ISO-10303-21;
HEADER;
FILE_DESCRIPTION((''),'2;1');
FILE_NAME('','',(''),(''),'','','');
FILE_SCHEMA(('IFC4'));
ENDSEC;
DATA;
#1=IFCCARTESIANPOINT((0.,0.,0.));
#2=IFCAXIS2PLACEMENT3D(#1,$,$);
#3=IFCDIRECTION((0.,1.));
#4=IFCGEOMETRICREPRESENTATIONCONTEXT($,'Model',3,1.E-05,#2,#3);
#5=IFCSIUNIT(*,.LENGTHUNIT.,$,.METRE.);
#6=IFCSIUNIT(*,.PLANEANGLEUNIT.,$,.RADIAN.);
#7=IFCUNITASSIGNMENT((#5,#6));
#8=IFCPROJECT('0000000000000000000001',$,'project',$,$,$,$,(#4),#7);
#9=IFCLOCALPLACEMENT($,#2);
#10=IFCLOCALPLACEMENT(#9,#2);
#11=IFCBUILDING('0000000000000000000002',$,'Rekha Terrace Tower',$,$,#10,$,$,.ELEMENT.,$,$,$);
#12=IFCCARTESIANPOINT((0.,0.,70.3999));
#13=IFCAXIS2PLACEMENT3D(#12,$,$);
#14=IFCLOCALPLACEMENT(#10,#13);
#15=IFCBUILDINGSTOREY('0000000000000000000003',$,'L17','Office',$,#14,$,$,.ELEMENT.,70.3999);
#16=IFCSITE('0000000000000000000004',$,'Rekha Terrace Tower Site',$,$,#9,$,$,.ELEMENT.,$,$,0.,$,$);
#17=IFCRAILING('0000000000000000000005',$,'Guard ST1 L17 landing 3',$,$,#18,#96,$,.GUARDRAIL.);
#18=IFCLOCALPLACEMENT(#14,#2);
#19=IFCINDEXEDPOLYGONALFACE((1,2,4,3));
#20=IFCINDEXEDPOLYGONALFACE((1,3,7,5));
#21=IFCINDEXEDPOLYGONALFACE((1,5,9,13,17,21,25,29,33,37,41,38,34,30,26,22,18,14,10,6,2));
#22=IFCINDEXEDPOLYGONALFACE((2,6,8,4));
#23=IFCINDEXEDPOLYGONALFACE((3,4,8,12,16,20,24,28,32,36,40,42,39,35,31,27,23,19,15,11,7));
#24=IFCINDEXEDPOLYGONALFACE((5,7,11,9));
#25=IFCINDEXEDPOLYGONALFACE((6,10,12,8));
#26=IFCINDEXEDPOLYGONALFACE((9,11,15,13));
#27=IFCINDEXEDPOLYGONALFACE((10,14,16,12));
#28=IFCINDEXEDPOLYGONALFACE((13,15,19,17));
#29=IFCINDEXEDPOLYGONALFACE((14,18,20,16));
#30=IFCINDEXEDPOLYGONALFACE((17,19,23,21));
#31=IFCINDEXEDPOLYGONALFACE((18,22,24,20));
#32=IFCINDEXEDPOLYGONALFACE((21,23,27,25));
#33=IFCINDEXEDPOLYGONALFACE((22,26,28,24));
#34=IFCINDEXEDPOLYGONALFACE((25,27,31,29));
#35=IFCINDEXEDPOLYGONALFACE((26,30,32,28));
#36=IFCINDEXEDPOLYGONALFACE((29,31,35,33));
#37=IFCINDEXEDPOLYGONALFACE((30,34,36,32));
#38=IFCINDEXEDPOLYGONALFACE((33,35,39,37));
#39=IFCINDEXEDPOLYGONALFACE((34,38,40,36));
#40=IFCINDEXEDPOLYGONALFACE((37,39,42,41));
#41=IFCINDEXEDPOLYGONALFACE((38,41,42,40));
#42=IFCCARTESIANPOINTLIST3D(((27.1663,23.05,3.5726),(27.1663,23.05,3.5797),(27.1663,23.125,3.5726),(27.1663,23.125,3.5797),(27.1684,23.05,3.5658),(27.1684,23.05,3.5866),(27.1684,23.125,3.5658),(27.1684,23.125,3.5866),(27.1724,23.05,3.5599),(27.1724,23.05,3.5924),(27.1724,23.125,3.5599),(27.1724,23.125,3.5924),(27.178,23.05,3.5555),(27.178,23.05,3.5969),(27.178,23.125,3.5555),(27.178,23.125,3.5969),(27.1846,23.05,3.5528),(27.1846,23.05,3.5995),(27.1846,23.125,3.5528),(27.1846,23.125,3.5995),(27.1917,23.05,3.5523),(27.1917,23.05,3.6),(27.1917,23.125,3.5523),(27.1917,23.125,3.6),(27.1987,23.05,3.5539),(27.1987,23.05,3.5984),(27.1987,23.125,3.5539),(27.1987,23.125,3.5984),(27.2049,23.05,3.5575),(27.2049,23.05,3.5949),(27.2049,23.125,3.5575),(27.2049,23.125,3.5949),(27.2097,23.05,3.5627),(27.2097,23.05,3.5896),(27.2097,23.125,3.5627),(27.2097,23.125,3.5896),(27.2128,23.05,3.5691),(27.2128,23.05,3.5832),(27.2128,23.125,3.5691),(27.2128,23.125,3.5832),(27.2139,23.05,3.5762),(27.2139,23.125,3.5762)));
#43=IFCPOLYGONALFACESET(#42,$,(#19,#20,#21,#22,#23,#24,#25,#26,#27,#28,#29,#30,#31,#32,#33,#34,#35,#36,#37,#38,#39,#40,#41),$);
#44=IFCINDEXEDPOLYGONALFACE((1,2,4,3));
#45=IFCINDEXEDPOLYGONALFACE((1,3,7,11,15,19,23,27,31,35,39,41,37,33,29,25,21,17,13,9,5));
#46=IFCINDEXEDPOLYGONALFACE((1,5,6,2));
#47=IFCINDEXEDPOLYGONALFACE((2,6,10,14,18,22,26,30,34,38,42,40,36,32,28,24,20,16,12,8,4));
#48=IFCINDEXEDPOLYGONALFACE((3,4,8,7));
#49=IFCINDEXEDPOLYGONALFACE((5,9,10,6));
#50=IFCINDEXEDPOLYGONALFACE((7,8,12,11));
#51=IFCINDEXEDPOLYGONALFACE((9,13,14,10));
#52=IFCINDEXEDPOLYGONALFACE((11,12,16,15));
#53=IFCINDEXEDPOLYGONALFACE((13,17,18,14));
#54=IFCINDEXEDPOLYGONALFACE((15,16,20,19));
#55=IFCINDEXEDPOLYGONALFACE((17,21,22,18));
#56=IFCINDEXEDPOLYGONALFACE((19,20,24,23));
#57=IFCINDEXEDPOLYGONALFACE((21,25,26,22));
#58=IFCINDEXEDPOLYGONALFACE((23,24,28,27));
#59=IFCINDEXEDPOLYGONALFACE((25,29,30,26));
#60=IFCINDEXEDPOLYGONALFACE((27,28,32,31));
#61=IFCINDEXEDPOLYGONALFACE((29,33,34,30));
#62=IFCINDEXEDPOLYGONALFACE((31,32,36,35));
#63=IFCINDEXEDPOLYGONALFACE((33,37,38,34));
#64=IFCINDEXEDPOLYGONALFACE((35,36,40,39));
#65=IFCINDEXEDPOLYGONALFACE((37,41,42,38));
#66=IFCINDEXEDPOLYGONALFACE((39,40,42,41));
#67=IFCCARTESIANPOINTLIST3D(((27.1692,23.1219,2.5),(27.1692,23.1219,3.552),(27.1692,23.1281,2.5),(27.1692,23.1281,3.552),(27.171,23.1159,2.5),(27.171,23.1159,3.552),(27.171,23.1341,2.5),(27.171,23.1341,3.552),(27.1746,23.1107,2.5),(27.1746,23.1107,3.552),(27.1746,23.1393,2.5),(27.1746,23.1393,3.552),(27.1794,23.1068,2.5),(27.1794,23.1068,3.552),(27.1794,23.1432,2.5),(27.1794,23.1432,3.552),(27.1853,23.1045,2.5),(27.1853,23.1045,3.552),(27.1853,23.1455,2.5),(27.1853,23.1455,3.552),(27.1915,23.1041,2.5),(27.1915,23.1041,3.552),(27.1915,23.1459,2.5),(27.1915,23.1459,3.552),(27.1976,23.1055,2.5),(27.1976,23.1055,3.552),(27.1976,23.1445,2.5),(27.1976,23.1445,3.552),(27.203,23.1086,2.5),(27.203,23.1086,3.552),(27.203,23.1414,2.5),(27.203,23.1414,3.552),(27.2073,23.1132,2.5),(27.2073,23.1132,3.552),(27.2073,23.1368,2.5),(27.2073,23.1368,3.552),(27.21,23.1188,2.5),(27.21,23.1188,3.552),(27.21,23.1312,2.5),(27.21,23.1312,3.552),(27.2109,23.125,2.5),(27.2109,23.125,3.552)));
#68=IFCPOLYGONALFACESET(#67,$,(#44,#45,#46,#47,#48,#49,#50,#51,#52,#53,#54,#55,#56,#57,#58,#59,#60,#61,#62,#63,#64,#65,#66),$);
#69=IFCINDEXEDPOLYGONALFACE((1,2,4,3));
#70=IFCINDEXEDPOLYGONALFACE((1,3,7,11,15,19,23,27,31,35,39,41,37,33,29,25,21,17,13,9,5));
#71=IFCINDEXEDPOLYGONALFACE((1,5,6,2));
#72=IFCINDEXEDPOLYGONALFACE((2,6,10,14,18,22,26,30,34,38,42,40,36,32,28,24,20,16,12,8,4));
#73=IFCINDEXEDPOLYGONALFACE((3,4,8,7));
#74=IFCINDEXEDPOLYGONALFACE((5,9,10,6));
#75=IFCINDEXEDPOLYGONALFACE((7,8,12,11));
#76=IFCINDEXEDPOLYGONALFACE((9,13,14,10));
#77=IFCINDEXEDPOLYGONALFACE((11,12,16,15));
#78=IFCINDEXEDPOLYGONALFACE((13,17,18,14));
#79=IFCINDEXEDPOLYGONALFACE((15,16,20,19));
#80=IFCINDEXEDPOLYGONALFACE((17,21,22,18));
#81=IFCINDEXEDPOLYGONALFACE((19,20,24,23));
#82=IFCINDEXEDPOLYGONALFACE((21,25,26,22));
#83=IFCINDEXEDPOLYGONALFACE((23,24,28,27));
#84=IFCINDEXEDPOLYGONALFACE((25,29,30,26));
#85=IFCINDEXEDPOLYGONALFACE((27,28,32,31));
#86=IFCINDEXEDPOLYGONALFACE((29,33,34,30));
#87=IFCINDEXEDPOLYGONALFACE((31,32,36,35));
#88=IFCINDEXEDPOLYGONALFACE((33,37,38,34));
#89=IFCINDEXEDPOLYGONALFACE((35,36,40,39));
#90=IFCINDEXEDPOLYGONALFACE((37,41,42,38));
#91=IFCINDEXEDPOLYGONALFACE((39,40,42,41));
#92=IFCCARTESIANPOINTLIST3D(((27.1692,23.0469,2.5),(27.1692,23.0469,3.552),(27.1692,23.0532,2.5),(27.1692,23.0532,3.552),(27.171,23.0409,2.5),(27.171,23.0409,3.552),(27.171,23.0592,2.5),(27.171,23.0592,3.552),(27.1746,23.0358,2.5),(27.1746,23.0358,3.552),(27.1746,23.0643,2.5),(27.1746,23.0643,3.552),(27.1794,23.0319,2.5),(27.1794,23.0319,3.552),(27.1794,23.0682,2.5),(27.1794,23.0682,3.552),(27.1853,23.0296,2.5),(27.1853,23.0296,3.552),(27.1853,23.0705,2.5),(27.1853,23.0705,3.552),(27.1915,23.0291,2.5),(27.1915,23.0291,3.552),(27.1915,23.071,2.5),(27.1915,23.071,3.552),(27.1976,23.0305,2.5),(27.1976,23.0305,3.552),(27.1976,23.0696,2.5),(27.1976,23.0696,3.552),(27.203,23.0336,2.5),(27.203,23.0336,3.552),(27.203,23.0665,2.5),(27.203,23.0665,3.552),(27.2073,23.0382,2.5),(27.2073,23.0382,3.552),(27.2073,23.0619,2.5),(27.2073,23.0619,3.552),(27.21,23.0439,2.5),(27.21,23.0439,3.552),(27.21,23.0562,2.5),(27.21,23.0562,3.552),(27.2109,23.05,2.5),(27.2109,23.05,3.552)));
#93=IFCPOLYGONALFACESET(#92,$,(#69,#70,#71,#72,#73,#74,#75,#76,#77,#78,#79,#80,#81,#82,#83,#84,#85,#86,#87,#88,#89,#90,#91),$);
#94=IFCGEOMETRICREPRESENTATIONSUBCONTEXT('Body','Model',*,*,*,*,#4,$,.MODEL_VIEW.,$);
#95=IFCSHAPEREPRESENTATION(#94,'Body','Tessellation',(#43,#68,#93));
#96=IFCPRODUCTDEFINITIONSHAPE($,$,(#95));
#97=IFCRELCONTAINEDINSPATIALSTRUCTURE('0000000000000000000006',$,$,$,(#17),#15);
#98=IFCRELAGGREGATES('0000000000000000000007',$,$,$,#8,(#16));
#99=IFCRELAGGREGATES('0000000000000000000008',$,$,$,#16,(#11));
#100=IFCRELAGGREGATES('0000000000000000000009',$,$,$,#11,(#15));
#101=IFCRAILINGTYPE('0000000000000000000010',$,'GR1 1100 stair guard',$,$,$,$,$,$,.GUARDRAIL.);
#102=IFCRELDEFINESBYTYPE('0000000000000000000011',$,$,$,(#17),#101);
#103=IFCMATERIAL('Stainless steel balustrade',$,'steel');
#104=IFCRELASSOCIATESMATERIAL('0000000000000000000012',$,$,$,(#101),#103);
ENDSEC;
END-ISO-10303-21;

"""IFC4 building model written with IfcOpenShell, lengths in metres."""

from ifc_helpers import new_model, si_unit, direction, frame, origin, origin_2d, place, context, subcontext, project, spatial, circle, extrude, material, type_object, element, save


model = new_model("IFC4")

# Units and contexts
model_context = context("Model", 3, precision=1e-05, world=origin(), true_north=direction((0.0, 1.0)))
body_context = subcontext(model_context, "Body", "Model", "MODEL_VIEW")
ifc_project = project(units=[si_unit("LENGTHUNIT", "METRE"), si_unit("PLANEANGLEUNIT", "RADIAN")], contexts=[model_context])

# Site, building, storey
site_placement = place(None, origin())
site = spatial("IfcSite", under=ifc_project, at=site_placement, Name="Rekha Terrace Tower Site", CompositionType="ELEMENT", RefElevation=0.0)
building_placement = place(site_placement, origin())
building = spatial("IfcBuilding", under=site, at=building_placement, Name="Rekha Terrace Tower", CompositionType="ELEMENT")
storey_placement = place(building_placement, frame((0.0, 0.0, 70.3999)))
storey = spatial("IfcBuildingStorey", under=building, at=storey_placement, Name="L17", Description="Office", CompositionType="ELEMENT", Elevation=70.3999)

# Railing
ifc_material_1 = material(Name="Stainless steel balustrade", Category="steel")
railing_type_1 = type_object("IfcRailingType", Name="GR1 1100 stair guard", PredefinedType="GUARDRAIL", material=ifc_material_1)
railing_1_placement = place(storey_placement, frame((27.1899, 23.125, 2.5)))
element("IfcRailing", 1, at=railing_1_placement, inside=storey, type_object=railing_type_1, Name="Guard ST1 L17 landing 3", PredefinedType="GUARDRAIL", context=body_context, shape_type="SweptSolid", body=[
    extrude(circle(Radius=0.0239, at=origin_2d()), frame((0.0, 0.0, 1.0762), z_axis=(0.0, -1.0, 0.0), x_axis=(1.0, 0.0, 0.0)), (0.0, 0.0, 1.0), 0.075),
    extrude(circle(Radius=0.021, at=origin_2d()), origin(), (0.0, 0.0, 1.0), 1.052),
    extrude(circle(Radius=0.021, at=origin_2d()), frame((0.0, -0.075, 0.0)), (0.0, 0.0, 1.0), 1.052),
])

save(model, "model.ifc")
